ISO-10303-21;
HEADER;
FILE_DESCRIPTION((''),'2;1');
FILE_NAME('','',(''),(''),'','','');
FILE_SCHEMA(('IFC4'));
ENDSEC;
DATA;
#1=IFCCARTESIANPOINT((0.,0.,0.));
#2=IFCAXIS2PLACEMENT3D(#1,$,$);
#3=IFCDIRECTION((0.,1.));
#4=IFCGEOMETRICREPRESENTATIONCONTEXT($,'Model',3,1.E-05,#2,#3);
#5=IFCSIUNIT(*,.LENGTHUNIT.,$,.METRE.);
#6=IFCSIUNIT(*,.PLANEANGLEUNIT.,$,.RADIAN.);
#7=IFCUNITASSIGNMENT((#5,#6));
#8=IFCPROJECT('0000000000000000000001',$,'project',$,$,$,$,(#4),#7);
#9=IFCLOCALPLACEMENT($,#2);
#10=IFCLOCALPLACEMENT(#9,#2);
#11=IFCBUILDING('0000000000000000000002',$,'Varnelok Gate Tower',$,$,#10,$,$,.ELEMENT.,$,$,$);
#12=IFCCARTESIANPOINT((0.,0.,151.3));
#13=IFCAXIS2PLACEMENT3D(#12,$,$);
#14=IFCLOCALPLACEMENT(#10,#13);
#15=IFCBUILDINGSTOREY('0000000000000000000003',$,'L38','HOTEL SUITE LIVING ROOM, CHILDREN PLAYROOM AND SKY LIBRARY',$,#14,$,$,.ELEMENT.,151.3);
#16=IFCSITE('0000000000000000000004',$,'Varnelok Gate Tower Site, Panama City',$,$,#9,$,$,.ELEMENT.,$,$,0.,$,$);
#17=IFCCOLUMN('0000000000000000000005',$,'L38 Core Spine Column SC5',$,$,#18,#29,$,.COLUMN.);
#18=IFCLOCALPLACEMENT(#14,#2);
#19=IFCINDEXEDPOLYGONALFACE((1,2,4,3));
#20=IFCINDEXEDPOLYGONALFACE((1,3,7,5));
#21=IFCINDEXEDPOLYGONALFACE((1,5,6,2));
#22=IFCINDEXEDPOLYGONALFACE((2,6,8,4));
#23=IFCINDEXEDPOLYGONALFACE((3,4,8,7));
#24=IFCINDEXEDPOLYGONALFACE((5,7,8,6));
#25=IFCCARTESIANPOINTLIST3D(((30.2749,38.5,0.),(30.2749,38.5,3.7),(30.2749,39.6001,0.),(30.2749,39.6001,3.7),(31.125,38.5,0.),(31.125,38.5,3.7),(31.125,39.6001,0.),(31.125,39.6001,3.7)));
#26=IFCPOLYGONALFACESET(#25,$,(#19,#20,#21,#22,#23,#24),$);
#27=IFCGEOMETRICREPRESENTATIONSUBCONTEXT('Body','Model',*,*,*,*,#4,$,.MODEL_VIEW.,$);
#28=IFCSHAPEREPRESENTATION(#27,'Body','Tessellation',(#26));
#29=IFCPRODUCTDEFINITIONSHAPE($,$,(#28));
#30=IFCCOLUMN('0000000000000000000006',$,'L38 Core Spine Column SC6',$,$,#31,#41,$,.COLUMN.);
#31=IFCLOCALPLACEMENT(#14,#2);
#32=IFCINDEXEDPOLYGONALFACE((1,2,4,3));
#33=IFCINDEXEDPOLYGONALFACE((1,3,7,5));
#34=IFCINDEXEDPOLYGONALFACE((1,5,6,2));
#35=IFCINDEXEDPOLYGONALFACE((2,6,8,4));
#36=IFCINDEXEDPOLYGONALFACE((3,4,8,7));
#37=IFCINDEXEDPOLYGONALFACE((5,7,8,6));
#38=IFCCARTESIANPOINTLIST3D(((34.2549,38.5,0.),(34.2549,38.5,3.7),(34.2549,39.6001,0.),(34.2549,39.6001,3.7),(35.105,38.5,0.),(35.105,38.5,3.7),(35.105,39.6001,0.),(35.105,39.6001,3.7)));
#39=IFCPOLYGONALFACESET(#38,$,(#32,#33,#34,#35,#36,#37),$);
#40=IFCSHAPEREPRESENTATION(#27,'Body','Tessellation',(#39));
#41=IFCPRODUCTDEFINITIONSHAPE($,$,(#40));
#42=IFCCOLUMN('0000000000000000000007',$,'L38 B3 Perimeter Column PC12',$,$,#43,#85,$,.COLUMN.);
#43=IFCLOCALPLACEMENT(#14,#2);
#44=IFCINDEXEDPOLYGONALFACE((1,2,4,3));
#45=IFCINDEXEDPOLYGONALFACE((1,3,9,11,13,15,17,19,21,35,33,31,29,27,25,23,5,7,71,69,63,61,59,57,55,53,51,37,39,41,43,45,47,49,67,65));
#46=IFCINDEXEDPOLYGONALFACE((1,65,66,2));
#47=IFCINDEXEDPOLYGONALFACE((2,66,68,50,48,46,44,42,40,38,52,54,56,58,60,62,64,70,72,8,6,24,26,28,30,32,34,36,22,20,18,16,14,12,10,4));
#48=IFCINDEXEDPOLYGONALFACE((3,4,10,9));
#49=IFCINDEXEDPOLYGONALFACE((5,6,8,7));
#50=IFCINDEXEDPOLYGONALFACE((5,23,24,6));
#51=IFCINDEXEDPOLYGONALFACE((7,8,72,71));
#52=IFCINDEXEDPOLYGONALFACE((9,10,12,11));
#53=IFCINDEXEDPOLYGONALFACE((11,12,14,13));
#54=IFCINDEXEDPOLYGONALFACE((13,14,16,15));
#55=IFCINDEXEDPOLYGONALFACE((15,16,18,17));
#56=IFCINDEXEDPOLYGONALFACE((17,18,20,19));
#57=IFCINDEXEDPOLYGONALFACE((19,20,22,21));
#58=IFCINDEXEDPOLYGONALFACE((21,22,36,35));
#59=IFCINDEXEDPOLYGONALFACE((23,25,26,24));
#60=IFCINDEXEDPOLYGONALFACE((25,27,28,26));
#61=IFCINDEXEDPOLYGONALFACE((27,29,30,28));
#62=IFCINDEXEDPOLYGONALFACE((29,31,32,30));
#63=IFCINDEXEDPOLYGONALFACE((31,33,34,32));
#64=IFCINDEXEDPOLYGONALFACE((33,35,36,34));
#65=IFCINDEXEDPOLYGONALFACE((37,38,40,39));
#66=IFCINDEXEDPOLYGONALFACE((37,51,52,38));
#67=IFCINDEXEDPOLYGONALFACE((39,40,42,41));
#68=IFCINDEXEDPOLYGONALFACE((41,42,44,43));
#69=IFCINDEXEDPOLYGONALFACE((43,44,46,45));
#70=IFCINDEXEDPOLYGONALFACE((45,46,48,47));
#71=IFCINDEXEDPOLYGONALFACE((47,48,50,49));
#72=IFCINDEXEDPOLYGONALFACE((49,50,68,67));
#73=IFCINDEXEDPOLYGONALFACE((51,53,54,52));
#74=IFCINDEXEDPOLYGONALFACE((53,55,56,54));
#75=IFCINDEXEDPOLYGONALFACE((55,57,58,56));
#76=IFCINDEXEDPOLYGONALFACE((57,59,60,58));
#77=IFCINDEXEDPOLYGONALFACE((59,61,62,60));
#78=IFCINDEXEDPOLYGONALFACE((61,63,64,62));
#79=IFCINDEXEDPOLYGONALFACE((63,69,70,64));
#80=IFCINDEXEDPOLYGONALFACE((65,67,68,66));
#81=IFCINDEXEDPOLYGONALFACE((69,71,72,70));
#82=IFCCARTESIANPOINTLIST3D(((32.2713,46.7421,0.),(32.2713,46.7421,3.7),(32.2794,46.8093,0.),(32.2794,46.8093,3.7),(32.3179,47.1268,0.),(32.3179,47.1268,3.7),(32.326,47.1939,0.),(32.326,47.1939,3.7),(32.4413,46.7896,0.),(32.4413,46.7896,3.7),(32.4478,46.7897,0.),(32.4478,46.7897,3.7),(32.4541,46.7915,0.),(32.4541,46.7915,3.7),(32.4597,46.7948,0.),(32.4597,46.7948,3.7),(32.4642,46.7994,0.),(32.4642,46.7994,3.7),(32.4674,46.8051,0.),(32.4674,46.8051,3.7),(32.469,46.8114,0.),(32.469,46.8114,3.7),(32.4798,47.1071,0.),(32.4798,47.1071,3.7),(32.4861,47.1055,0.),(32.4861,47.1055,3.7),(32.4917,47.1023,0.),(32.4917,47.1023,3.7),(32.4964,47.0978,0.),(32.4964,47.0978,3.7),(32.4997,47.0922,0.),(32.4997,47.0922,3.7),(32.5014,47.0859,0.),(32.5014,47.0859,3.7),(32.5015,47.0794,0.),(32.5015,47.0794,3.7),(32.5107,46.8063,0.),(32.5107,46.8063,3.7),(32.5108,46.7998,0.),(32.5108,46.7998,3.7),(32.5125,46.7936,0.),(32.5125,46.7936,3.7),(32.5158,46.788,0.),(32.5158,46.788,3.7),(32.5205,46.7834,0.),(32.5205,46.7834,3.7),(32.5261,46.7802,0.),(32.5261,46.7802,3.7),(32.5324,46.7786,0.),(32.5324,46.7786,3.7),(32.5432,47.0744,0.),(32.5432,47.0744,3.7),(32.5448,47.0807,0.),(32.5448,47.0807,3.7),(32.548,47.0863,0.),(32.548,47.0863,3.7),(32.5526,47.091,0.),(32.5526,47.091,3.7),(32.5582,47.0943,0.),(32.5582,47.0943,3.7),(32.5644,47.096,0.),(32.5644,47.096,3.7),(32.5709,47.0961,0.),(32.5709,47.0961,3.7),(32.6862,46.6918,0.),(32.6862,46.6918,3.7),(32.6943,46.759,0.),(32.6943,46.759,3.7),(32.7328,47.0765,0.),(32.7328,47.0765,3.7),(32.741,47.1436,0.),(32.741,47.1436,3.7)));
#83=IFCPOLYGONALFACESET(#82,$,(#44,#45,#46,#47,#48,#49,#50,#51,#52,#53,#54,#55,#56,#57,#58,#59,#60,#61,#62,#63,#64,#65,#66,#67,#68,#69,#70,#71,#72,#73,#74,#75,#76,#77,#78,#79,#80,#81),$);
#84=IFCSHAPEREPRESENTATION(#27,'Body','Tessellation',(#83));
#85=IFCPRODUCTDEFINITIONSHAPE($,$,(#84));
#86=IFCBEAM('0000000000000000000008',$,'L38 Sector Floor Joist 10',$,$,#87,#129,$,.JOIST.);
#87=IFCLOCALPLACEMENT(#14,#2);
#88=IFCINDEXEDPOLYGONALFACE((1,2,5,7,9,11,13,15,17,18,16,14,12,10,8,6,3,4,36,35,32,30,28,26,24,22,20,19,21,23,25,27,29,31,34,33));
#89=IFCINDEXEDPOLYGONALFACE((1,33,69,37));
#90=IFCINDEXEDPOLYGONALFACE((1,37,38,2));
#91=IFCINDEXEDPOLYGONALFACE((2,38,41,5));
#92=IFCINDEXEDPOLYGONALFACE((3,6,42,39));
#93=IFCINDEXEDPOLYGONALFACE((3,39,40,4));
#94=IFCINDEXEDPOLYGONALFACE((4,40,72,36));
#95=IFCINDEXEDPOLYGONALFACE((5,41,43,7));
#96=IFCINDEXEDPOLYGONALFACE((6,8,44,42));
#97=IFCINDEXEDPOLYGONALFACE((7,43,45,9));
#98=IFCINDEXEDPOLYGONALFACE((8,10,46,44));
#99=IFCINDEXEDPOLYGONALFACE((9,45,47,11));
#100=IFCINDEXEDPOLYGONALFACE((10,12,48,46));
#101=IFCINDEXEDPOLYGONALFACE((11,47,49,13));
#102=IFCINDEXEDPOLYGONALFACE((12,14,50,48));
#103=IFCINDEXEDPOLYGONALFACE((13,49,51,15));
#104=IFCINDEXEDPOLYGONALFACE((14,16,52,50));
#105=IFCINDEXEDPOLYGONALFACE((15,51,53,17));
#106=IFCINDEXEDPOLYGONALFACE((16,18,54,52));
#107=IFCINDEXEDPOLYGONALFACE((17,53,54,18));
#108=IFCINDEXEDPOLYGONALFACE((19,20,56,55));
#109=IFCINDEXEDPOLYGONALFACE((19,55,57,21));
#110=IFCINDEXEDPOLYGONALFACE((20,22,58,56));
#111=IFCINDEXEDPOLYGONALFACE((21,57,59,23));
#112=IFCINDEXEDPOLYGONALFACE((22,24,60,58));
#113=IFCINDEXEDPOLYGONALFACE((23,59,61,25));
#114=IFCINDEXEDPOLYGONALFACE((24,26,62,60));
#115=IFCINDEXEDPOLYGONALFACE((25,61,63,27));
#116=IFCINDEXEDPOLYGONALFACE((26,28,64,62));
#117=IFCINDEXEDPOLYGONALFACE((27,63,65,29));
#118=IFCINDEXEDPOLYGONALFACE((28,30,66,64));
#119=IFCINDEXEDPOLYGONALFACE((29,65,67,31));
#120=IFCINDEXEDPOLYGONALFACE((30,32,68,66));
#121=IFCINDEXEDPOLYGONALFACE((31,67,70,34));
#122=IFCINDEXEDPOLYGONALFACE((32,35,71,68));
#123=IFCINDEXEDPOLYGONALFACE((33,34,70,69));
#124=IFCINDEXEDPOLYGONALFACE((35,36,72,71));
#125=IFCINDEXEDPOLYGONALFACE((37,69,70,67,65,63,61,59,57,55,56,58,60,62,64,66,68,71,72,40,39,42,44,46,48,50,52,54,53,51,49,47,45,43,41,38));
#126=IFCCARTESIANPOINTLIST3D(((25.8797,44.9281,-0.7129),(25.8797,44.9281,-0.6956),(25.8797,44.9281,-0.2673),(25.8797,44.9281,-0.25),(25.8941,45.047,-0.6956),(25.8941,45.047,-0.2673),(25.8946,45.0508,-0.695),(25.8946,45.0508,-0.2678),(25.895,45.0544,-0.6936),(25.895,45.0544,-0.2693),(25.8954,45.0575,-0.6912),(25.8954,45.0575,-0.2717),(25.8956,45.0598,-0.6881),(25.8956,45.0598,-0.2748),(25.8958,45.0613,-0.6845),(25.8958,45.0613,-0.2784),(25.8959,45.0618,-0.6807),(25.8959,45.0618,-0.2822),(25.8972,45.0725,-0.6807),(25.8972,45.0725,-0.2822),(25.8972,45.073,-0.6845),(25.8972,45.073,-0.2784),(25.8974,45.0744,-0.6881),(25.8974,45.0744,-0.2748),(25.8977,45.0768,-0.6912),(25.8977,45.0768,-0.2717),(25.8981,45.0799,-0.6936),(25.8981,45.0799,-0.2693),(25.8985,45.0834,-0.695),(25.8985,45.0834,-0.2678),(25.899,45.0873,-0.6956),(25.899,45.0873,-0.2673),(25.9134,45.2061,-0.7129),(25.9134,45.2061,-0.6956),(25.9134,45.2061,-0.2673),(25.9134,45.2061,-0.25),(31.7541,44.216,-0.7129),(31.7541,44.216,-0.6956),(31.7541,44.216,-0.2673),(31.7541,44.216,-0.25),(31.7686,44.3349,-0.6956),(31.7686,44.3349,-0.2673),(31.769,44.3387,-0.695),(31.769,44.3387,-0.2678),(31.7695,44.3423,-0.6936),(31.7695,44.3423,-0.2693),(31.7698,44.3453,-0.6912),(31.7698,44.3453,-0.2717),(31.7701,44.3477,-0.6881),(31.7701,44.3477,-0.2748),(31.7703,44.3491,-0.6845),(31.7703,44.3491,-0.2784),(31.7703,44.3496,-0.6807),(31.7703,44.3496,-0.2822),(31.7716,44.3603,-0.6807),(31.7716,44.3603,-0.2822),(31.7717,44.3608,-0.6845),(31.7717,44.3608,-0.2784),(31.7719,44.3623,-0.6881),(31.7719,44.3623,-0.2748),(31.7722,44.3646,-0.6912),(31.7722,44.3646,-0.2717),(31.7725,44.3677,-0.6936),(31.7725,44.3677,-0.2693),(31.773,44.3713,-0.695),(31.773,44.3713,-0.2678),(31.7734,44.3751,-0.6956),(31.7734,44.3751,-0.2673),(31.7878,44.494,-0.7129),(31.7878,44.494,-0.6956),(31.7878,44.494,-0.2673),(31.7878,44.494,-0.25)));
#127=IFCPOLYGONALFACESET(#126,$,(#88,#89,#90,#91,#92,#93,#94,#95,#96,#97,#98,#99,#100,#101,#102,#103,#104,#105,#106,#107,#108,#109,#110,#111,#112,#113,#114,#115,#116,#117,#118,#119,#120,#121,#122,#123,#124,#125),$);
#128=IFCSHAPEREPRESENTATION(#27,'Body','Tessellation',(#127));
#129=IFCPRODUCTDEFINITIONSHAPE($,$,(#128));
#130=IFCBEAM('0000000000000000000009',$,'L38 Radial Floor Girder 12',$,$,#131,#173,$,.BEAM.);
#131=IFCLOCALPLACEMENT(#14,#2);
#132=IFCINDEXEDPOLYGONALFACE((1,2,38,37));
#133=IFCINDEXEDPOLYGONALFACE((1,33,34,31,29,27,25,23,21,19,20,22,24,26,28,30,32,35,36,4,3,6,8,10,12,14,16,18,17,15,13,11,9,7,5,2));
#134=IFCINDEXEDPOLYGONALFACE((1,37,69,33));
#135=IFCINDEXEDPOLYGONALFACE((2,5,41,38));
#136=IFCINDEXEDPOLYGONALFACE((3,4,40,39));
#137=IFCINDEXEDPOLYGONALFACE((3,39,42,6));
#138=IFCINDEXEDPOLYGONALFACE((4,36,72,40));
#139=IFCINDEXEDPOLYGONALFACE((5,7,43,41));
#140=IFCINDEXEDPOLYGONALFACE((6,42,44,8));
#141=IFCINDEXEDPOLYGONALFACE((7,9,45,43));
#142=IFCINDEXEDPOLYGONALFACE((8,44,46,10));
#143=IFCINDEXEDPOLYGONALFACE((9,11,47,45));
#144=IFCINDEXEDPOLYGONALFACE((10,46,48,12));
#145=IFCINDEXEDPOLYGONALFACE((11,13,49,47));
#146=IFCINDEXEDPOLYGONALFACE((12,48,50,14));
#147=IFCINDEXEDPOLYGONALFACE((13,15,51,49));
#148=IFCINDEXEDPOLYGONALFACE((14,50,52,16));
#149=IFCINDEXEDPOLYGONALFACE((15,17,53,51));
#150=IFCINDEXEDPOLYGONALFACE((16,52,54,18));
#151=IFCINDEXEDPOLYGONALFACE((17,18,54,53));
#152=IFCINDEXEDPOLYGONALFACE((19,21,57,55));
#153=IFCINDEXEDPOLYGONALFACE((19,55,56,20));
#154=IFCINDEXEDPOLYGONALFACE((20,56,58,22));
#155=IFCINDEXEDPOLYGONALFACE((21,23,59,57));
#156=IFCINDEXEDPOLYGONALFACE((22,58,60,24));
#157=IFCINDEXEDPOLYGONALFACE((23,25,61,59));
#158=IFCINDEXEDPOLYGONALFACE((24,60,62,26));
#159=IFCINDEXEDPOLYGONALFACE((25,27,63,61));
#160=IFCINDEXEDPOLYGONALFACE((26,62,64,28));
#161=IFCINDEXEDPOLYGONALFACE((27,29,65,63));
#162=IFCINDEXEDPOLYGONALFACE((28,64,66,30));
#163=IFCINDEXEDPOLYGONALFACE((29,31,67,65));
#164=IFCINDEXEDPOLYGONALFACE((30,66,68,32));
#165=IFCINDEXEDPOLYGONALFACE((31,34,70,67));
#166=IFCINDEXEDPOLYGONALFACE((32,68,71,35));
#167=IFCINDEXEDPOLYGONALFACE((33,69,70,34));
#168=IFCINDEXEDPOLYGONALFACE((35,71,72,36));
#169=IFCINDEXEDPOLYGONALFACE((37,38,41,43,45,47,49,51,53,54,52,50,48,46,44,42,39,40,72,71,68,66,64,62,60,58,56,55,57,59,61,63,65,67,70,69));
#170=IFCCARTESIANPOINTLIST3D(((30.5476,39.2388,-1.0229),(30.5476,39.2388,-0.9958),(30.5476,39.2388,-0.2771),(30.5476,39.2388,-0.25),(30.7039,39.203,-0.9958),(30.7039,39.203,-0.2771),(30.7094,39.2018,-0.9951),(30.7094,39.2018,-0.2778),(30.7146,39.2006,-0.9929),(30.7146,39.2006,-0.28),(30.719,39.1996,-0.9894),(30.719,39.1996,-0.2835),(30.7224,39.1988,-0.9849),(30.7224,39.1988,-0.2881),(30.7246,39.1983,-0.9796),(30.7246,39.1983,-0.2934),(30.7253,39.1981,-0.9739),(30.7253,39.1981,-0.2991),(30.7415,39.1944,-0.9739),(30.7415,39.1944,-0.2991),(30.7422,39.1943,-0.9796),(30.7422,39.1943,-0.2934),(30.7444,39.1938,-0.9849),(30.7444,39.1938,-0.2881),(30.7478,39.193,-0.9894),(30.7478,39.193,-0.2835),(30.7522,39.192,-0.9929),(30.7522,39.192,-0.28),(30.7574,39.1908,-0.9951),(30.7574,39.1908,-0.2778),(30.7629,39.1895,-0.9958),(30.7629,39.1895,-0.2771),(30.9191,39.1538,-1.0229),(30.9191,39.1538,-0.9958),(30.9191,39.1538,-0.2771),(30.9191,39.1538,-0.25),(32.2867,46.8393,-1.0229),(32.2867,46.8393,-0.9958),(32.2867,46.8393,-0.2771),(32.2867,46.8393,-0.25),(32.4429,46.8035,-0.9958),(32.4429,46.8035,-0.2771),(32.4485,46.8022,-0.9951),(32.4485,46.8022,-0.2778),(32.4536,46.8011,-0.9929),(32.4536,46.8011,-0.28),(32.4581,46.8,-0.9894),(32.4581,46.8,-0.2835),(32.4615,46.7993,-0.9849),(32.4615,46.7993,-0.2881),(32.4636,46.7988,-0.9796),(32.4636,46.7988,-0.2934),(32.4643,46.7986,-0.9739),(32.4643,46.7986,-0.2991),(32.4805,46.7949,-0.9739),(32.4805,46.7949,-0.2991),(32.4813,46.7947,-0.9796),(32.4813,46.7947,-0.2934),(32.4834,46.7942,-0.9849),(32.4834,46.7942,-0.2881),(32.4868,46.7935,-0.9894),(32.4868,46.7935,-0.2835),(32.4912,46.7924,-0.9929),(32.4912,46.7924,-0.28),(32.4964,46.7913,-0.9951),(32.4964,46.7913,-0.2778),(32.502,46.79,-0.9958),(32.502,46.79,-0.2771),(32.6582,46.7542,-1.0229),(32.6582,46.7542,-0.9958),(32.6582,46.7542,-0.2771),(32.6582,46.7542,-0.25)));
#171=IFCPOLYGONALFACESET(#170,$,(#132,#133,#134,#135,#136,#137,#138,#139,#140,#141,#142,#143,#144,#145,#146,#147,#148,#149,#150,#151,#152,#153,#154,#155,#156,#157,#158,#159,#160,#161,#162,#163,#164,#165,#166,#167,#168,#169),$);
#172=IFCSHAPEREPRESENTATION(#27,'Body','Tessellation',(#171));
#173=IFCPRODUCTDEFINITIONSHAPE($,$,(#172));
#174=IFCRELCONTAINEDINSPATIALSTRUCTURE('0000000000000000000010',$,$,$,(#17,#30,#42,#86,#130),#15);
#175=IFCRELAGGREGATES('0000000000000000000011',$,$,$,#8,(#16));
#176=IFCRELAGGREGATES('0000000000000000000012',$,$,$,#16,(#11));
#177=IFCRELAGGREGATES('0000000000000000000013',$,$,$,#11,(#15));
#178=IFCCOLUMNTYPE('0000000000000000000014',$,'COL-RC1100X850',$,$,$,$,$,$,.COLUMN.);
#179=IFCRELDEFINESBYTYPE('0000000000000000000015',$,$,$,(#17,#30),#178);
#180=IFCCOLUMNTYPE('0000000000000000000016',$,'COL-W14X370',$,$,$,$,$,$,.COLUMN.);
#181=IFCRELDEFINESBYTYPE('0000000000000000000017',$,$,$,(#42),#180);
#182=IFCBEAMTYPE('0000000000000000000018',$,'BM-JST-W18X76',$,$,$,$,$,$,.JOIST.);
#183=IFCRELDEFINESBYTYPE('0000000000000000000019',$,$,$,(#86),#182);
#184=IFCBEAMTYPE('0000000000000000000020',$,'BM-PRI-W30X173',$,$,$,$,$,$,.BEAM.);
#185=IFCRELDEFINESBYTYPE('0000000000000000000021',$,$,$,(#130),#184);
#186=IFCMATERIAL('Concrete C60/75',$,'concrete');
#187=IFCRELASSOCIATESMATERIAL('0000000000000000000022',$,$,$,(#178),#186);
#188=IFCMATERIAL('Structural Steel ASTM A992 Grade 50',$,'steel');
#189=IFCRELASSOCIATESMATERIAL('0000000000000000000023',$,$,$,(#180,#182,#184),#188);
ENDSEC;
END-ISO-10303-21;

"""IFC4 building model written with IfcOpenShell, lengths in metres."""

from ifc_helpers import new_model, si_unit, direction, frame, origin, origin_2d, place, context, subcontext, project, spatial, rectangle, i_section, extrude, material, material_profile, profile_set, type_object, element, save


model = new_model("IFC4")

# Units and contexts
model_context = context("Model", 3, precision=1e-05, world=origin(), true_north=direction((0.0, 1.0)))
body_context = subcontext(model_context, "Body", "Model", "MODEL_VIEW")
ifc_project = project(units=[si_unit("LENGTHUNIT", "METRE"), si_unit("PLANEANGLEUNIT", "RADIAN")], contexts=[model_context])

# Site, building, storey
site_placement = place(None, origin())
site = spatial("IfcSite", under=ifc_project, at=site_placement, Name="Varnelok Gate Tower Site, Panama City", CompositionType="ELEMENT", RefElevation=0.0)
building_placement = place(site_placement, origin())
building = spatial("IfcBuilding", under=site, at=building_placement, Name="Varnelok Gate Tower", CompositionType="ELEMENT")
storey_placement = place(building_placement, frame((0.0, 0.0, 151.3)))
storey = spatial("IfcBuildingStorey", under=building, at=storey_placement, Name="L38", Description="HOTEL SUITE LIVING ROOM, CHILDREN PLAYROOM AND SKY LIBRARY", CompositionType="ELEMENT", Elevation=151.3)

# Columns
ifc_material_1 = material(Name="Concrete C60/75", Category="concrete")
ifc_material_profile_1 = material_profile(ifc_material_1, rectangle(XDim=0.8501, YDim=1.1001, at=origin_2d()), Name="RC1100X850")
ifc_profile_set_1 = profile_set([ifc_material_profile_1], Name="Concrete C60/75")
column_type_1 = type_object("IfcColumnType", Name="COL-RC1100X850", PredefinedType="COLUMN", material=ifc_profile_set_1)
for number, where, z_axis, x_axis, name in (
    (1, (30.7, 39.05, 0.0), (0.0, 0.0, 1.0), (1.0, 0.0, 0.0), "L38 Core Spine Column SC5"),
    (2, (34.6799, 39.05, 0.0), (0.0, 0.0, 1.0), (1.0, 0.0, 0.0), "L38 Core Spine Column SC6"),
):
    element("IfcColumn", number, at=place(storey_placement, frame(where, z_axis=z_axis, x_axis=x_axis)), inside=storey, type_object=column_type_1, Name=name, PredefinedType="COLUMN", context=body_context, shape_type="SweptSolid", body=[
        extrude(rectangle(XDim=0.8501, YDim=1.1001, at=origin_2d()), origin(), (0.0, 0.0, 1.0), 3.7),
    ])
ifc_material_2 = material(Name="Structural Steel ASTM A992 Grade 50", Category="steel")
ifc_material_profile_2 = material_profile(ifc_material_2, i_section(OverallWidth=0.418, OverallDepth=0.4551, WebThickness=0.042, FlangeThickness=0.0676, FilletRadius=0.0249, at=origin_2d()), Name="W14X370")
ifc_profile_set_2 = profile_set([ifc_material_profile_2], Name="Structural Steel ASTM A992 Grade 50")
column_type_2 = type_object("IfcColumnType", Name="COL-W14X370", PredefinedType="COLUMN", material=ifc_profile_set_2)
column_placement = place(storey_placement, frame((32.5061, 46.9429, 0.0), z_axis=(0.0, 0.0, 1.0), x_axis=(0.992732, -0.120345, 0.0)))
element("IfcColumn", 3, at=column_placement, inside=storey, type_object=column_type_2, Name="L38 B3 Perimeter Column PC12", PredefinedType="COLUMN", context=body_context, shape_type="SweptSolid", body=[
    extrude(i_section(OverallWidth=0.418, OverallDepth=0.4551, WebThickness=0.042, FlangeThickness=0.0676, FilletRadius=0.0249, at=origin_2d()), origin(), (0.0, 0.0, 1.0), 3.7),
])

# Beams
ifc_material_profile_3 = material_profile(ifc_material_2, i_section(OverallWidth=0.28, OverallDepth=0.4629, WebThickness=0.0107, FlangeThickness=0.0173, FilletRadius=0.0149, at=origin_2d()), Name="W18X76")
ifc_profile_set_3 = profile_set([ifc_material_profile_3], Name="Structural Steel ASTM A992 Grade 50")
beam_type_1 = type_object("IfcBeamType", Name="BM-JST-W18X76", PredefinedType="JOIST", material=ifc_profile_set_3)
beam_1_placement = place(storey_placement, frame((31.771, 44.355, -0.4814), z_axis=(-0.992732, 0.120347, 0.0), x_axis=(-0.120347, -0.992732, 0.0)))
element("IfcBeam", 4, at=beam_1_placement, inside=storey, type_object=beam_type_1, Name="L38 Sector Floor Joist 10", PredefinedType="JOIST", context=body_context, shape_type="SweptSolid", body=[
    extrude(i_section(OverallWidth=0.28, OverallDepth=0.4629, WebThickness=0.0107, FlangeThickness=0.0173, FilletRadius=0.0149, at=origin_2d()), origin(), (0.0, 0.0, 1.0), 5.9175),
])
ifc_material_profile_4 = material_profile(ifc_material_2, i_section(OverallWidth=0.3811, OverallDepth=0.7729, WebThickness=0.0166, FlangeThickness=0.0271, FilletRadius=0.022, at=origin_2d()), Name="W30X173")
ifc_profile_set_4 = profile_set([ifc_material_profile_4], Name="Structural Steel ASTM A992 Grade 50")
beam_type_2 = type_object("IfcBeamType", Name="BM-PRI-W30X173", PredefinedType="BEAM", material=ifc_profile_set_4)
beam_2_placement = place(storey_placement, frame((30.7334, 39.1963, -0.6365), z_axis=(0.223043, 0.974809, 0.0), x_axis=(-0.974809, 0.223043, 0.0)))
element("IfcBeam", 5, at=beam_2_placement, inside=storey, type_object=beam_type_2, Name="L38 Radial Floor Girder 12", PredefinedType="BEAM", context=body_context, shape_type="SweptSolid", body=[
    extrude(i_section(OverallWidth=0.3811, OverallDepth=0.7729, WebThickness=0.0166, FlangeThickness=0.0271, FilletRadius=0.022, at=origin_2d()), origin(), (0.0, 0.0, 1.0), 7.7969),
])

save(model, "model.ifc")
